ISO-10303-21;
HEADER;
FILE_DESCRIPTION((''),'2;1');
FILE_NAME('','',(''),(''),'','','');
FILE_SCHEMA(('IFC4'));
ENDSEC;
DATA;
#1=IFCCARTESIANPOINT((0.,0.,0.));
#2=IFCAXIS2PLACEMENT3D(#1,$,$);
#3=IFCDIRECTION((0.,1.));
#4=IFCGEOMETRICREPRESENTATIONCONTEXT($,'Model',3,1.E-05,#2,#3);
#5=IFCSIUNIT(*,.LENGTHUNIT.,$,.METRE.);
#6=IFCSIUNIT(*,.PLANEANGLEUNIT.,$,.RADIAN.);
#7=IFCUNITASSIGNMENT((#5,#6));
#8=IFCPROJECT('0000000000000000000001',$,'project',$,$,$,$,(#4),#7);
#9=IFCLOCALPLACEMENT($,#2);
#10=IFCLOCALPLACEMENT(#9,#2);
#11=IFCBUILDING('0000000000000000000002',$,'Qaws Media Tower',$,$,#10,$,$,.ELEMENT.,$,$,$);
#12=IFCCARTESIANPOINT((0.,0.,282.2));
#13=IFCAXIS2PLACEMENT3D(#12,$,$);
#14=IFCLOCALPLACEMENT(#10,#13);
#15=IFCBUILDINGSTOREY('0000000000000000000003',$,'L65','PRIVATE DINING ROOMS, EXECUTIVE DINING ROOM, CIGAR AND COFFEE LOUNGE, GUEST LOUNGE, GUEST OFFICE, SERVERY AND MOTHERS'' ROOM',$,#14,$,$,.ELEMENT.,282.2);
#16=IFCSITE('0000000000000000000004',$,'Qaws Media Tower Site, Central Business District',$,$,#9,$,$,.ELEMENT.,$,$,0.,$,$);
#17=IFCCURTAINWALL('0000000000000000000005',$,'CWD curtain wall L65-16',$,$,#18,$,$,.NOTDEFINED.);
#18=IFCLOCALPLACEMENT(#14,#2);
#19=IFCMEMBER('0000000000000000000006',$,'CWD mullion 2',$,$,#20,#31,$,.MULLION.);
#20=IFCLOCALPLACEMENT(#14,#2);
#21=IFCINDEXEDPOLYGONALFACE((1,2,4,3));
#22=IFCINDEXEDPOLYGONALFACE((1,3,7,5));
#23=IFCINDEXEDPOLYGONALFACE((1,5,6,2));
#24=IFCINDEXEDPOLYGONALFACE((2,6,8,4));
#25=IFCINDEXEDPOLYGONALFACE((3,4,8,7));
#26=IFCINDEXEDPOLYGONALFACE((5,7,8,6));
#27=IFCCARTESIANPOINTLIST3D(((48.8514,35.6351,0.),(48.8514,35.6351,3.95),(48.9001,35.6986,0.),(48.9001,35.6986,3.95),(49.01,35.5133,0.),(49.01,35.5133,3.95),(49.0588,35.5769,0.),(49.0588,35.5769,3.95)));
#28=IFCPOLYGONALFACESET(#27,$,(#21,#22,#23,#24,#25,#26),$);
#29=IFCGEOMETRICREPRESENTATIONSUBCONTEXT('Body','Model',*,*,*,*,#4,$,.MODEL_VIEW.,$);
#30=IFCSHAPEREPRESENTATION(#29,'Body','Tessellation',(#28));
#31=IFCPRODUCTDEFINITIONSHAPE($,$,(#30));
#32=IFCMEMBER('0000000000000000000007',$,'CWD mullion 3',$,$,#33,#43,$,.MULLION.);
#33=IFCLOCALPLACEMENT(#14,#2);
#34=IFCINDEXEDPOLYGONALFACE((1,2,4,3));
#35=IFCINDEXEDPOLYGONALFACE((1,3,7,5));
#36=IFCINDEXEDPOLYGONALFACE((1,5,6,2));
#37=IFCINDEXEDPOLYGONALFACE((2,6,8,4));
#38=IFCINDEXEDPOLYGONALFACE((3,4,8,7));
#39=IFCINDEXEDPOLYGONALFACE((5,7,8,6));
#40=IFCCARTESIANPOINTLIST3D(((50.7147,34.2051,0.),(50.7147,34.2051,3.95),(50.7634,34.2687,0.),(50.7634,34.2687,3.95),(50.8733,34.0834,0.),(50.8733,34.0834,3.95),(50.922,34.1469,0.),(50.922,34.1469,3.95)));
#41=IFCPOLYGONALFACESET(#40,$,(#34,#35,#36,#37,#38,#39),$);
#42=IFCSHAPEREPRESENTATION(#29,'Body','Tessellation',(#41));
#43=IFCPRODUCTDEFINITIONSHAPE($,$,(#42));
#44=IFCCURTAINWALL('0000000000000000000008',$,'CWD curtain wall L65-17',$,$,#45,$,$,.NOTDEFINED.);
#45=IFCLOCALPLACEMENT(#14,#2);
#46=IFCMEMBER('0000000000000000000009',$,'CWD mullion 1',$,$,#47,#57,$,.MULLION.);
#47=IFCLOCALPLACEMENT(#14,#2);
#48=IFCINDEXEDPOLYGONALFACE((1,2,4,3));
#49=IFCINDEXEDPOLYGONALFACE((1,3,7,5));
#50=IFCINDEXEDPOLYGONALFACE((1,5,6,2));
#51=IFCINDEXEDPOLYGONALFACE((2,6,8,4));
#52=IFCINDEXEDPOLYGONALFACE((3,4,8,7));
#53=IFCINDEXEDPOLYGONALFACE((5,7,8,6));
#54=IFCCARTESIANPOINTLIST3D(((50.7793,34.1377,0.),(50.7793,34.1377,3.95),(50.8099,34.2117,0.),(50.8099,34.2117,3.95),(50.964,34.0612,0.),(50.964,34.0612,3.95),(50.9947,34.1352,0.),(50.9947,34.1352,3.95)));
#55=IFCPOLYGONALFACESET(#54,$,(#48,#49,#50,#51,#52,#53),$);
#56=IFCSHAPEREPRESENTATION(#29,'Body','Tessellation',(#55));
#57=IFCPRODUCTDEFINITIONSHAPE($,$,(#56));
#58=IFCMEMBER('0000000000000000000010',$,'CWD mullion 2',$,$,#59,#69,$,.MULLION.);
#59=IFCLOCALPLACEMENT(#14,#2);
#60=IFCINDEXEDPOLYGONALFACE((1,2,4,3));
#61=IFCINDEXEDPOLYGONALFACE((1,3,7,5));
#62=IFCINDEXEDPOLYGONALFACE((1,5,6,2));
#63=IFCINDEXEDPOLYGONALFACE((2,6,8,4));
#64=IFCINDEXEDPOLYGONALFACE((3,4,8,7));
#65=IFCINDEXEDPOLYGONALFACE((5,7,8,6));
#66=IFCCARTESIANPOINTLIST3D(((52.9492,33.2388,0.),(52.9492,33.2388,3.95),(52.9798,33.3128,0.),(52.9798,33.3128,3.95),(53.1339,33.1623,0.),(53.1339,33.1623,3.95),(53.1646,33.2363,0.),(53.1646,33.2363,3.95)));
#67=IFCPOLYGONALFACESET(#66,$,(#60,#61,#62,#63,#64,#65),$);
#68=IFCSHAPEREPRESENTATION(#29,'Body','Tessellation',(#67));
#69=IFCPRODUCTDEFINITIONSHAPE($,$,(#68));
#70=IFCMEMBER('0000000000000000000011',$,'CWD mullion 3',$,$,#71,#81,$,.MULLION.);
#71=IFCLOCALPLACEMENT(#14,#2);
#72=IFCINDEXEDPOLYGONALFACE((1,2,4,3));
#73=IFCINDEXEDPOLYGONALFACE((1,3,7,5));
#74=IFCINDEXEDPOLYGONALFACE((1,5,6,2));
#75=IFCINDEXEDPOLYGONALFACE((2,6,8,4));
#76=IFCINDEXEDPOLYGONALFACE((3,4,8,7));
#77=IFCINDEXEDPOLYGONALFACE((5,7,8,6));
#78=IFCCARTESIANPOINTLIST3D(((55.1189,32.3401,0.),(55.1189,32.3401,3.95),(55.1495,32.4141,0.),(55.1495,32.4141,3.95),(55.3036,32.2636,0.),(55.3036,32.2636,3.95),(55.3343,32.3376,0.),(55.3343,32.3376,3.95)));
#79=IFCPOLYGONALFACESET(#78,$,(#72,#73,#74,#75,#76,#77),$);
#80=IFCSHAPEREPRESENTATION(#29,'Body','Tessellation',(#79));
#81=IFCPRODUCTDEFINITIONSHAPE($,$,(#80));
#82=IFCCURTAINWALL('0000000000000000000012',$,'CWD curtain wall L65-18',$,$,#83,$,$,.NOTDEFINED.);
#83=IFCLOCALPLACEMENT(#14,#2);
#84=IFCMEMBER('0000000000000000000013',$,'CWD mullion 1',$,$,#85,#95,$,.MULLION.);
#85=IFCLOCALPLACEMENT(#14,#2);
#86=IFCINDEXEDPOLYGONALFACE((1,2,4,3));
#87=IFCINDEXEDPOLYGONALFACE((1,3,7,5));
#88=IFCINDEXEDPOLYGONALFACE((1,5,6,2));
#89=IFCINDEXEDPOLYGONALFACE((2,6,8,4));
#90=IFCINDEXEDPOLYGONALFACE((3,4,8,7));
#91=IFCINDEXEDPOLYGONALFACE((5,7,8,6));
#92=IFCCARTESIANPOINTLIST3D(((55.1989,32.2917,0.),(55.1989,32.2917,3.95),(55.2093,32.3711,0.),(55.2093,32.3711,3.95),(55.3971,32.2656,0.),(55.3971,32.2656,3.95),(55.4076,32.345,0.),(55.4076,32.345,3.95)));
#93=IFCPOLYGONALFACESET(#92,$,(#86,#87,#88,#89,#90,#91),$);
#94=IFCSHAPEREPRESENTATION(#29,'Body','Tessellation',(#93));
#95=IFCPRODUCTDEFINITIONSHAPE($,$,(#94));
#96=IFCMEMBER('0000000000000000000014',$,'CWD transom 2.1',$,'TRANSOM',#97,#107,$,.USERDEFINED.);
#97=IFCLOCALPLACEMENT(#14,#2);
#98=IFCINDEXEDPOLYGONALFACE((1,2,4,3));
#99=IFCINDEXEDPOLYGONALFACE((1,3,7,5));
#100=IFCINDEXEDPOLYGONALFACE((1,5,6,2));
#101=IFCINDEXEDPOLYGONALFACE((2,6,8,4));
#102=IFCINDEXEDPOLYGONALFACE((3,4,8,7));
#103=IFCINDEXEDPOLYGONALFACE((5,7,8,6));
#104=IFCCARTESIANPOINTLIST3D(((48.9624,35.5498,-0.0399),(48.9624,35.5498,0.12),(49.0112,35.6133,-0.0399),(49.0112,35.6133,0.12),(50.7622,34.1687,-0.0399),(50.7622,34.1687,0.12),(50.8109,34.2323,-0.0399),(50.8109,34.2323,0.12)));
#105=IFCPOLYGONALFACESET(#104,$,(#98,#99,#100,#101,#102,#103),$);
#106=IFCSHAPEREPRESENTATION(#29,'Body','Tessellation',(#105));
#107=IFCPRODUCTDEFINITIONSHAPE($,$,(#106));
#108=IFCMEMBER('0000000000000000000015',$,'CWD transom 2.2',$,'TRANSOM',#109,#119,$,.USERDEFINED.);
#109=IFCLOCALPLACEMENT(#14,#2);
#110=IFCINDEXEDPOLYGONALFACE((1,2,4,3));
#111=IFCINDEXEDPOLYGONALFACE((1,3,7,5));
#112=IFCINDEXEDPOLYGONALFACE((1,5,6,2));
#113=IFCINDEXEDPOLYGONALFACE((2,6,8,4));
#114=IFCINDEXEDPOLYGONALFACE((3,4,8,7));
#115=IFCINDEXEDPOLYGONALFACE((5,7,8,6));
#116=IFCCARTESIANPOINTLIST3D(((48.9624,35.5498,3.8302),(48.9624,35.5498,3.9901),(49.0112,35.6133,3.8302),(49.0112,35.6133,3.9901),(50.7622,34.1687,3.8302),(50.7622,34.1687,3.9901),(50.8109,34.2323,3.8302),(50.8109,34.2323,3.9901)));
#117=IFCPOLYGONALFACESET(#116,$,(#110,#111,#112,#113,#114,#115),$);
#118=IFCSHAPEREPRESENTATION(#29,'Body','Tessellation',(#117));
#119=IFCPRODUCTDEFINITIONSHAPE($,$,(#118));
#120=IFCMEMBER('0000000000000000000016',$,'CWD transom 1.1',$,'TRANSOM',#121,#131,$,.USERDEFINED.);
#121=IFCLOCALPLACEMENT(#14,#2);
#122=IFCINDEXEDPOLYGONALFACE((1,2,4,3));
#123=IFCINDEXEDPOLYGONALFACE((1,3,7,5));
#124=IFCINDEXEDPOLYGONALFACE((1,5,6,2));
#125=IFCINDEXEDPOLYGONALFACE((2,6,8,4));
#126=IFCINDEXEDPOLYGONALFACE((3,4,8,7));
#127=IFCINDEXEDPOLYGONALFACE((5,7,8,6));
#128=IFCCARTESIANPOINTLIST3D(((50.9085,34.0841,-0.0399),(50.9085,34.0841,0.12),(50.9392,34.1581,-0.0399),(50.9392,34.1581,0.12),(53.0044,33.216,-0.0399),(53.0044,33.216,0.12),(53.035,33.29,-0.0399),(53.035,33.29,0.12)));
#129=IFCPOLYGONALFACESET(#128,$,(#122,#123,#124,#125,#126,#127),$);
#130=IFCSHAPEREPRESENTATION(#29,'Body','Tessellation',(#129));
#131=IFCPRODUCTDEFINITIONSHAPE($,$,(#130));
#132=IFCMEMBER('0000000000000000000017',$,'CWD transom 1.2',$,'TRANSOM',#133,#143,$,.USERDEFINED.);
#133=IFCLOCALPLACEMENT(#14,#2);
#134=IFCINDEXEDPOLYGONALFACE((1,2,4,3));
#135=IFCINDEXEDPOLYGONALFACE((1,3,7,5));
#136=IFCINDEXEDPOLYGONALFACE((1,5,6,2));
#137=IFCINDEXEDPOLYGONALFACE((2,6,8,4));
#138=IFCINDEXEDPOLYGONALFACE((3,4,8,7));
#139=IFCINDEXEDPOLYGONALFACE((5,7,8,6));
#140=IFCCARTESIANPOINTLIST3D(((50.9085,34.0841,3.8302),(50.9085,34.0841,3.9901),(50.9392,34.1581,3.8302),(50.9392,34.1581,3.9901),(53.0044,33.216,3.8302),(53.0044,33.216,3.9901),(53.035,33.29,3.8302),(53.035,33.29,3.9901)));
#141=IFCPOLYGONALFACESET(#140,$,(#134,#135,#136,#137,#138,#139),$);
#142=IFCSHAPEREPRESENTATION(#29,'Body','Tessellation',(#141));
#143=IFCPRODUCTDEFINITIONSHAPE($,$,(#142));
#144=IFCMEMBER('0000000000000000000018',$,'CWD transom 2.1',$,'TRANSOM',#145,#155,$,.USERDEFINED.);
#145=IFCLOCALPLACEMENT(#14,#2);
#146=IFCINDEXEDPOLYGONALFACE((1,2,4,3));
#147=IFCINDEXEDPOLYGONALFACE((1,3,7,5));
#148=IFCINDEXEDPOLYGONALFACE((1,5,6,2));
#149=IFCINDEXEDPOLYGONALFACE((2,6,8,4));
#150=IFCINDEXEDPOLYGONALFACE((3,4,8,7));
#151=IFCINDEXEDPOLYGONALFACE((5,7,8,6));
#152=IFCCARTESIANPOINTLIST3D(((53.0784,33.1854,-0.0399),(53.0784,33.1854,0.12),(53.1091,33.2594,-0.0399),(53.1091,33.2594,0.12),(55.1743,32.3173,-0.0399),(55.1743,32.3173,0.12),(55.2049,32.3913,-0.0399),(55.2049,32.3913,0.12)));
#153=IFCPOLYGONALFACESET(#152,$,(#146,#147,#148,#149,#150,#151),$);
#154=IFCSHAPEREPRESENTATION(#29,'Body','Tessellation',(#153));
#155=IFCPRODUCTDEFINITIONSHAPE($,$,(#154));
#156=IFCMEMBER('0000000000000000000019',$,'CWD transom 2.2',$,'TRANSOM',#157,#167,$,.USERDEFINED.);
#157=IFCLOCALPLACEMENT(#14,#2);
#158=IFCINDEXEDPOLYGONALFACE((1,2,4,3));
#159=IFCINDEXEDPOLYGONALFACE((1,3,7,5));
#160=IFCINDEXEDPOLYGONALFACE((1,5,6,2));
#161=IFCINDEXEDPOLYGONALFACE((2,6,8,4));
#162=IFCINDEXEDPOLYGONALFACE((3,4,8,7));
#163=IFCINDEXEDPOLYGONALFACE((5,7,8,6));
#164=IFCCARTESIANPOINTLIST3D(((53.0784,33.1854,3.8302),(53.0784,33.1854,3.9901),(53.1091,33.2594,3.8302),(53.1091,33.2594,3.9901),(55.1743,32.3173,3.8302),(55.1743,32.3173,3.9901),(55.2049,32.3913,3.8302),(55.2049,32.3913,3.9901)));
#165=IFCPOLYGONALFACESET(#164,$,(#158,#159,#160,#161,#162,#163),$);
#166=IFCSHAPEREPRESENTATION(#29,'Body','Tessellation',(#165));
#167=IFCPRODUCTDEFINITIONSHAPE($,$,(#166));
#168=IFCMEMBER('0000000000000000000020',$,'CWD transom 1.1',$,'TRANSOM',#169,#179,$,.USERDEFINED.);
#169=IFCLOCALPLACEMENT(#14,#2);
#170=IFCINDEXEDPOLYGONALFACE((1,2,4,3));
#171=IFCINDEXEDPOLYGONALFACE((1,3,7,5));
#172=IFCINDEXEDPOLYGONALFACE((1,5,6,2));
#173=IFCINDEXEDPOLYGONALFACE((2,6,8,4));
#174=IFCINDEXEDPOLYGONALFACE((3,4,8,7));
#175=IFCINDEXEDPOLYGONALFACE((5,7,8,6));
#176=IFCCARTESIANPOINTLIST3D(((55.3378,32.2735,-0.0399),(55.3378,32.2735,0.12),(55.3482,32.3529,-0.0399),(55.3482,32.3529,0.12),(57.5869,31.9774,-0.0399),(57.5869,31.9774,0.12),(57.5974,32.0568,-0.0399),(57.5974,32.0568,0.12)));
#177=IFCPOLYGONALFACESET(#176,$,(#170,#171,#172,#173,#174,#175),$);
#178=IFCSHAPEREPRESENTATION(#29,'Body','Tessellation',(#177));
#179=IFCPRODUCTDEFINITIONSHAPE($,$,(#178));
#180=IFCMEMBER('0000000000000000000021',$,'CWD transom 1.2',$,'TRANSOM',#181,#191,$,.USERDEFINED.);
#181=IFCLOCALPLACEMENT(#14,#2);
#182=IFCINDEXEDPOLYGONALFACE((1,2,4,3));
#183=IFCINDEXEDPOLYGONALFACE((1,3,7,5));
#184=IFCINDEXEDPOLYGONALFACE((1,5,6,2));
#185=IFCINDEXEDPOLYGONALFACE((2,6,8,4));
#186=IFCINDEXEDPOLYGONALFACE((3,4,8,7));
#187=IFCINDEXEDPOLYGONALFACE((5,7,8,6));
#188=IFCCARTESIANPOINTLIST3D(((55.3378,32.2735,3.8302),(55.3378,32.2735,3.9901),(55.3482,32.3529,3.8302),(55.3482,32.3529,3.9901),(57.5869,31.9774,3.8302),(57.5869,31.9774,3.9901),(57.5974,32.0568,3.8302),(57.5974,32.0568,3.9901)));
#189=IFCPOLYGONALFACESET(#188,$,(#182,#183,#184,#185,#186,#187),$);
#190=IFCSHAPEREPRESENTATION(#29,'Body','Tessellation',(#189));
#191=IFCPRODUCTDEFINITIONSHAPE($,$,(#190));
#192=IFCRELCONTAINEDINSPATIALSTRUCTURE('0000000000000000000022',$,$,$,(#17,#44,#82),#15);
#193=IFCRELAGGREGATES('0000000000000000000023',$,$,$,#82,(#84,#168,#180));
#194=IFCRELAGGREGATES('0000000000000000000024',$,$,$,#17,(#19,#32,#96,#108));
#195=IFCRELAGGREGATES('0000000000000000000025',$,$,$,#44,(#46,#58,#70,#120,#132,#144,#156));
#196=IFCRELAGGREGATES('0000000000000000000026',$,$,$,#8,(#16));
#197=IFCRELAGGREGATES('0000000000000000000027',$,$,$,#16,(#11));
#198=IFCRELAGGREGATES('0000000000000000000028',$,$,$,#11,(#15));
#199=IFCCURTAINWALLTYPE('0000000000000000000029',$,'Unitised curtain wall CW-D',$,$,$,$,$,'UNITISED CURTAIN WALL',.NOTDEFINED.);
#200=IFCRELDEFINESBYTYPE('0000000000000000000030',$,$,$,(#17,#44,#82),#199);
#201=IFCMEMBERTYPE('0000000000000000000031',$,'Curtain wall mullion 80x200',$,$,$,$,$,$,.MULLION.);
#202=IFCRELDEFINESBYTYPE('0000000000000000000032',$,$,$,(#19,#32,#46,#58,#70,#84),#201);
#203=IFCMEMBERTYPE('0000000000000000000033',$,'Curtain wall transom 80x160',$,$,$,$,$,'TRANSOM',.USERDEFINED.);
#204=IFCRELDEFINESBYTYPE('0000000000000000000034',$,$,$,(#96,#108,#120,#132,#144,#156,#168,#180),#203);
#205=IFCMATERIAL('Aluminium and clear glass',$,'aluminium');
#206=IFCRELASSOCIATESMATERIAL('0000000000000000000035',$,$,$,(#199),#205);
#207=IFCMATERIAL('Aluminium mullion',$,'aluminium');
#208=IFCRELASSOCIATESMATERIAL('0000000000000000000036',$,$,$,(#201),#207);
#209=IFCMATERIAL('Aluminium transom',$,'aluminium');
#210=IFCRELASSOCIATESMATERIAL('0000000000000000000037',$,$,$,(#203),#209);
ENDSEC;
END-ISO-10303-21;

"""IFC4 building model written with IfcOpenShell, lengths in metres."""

from ifc_helpers import new_model, si_unit, direction, frame, origin, origin_2d, place, context, subcontext, project, spatial, rectangle, extrude, material, material_profile, profile_set, type_object, element, aggregate, save


model = new_model("IFC4")

# Units and contexts
model_context = context("Model", 3, precision=1e-05, world=origin(), true_north=direction((0.0, 1.0)))
body_context = subcontext(model_context, "Body", "Model", "MODEL_VIEW")
ifc_project = project(units=[si_unit("LENGTHUNIT", "METRE"), si_unit("PLANEANGLEUNIT", "RADIAN")], contexts=[model_context])

# Site, building, storey
site_placement = place(None, origin())
site = spatial("IfcSite", under=ifc_project, at=site_placement, Name="Qaws Media Tower Site, Central Business District", CompositionType="ELEMENT", RefElevation=0.0)
building_placement = place(site_placement, origin())
building = spatial("IfcBuilding", under=site, at=building_placement, Name="Qaws Media Tower", CompositionType="ELEMENT")
storey_placement = place(building_placement, frame((0.0, 0.0, 282.2)))
storey = spatial("IfcBuildingStorey", under=building, at=storey_placement, Name="L65", Description="PRIVATE DINING ROOMS, EXECUTIVE DINING ROOM, CIGAR AND COFFEE LOUNGE, GUEST LOUNGE, GUEST OFFICE, SERVERY AND MOTHERS' ROOM", CompositionType="ELEMENT", Elevation=282.2)

# Curtain walls, members
ifc_material_1 = material(Name="Aluminium and clear glass", Category="aluminium")
curtain_wall_type = type_object("IfcCurtainWallType", Name="Unitised curtain wall CW-D", ElementType="UNITISED CURTAIN WALL", PredefinedType="NOTDEFINED", material=ifc_material_1)
curtain_wall_1_placement = place(storey_placement, origin())
curtain_wall_1 = element("IfcCurtainWall", 1, at=curtain_wall_1_placement, inside=storey, type_object=curtain_wall_type, Name="CWD curtain wall L65-16", PredefinedType="NOTDEFINED")
ifc_material_2 = material(Name="Aluminium mullion", Category="aluminium")
ifc_material_profile_1 = material_profile(ifc_material_2, rectangle(XDim=0.0801, YDim=0.2, at=origin_2d()), Name="80x200")
ifc_profile_set_1 = profile_set([ifc_material_profile_1], Name="Aluminium mullion")
member_type_1 = type_object("IfcMemberType", Name="Curtain wall mullion 80x200", PredefinedType="MULLION", material=ifc_profile_set_1)
member_1_placement = place(storey_placement, frame((48.9551, 35.606, 0.0), z_axis=(0.0, 0.0, 1.0), x_axis=(0.608761, 0.793353, 0.0)))
member_1 = element("IfcMember", 2, at=member_1_placement, type_object=member_type_1, Name="CWD mullion 2", PredefinedType="MULLION", context=body_context, shape_type="SweptSolid", body=[
    extrude(rectangle(XDim=0.0801, YDim=0.2, at=origin_2d()), origin(), (0.0, 0.0, 1.0), 3.95),
])
member_2_placement = place(storey_placement, frame((50.8184, 34.176, 0.0), z_axis=(0.0, 0.0, 1.0), x_axis=(0.608761, 0.793353, 0.0)))
member_2 = element("IfcMember", 3, at=member_2_placement, type_object=member_type_1, Name="CWD mullion 3", PredefinedType="MULLION", context=body_context, shape_type="SweptSolid", body=[
    extrude(rectangle(XDim=0.0801, YDim=0.2, at=origin_2d()), origin(), (0.0, 0.0, 1.0), 3.95),
])
curtain_wall_2_placement = place(storey_placement, origin())
curtain_wall_2 = element("IfcCurtainWall", 4, at=curtain_wall_2_placement, inside=storey, type_object=curtain_wall_type, Name="CWD curtain wall L65-17", PredefinedType="NOTDEFINED")
member_3_placement = place(storey_placement, frame((50.887, 34.1365, 0.0), z_axis=(0.0, 0.0, 1.0), x_axis=(0.382684, 0.923879, 0.0)))
member_3 = element("IfcMember", 5, at=member_3_placement, type_object=member_type_1, Name="CWD mullion 1", PredefinedType="MULLION", context=body_context, shape_type="SweptSolid", body=[
    extrude(rectangle(XDim=0.0801, YDim=0.2, at=origin_2d()), origin(), (0.0, 0.0, 1.0), 3.95),
])
member_4_placement = place(storey_placement, frame((53.0569, 33.2375, 0.0), z_axis=(0.0, 0.0, 1.0), x_axis=(0.382684, 0.923879, 0.0)))
member_4 = element("IfcMember", 6, at=member_4_placement, type_object=member_type_1, Name="CWD mullion 2", PredefinedType="MULLION", context=body_context, shape_type="SweptSolid", body=[
    extrude(rectangle(XDim=0.0801, YDim=0.2, at=origin_2d()), origin(), (0.0, 0.0, 1.0), 3.95),
])
member_5_placement = place(storey_placement, frame((55.2266, 32.3389, 0.0), z_axis=(0.0, 0.0, 1.0), x_axis=(0.382684, 0.923879, 0.0)))
member_5 = element("IfcMember", 7, at=member_5_placement, type_object=member_type_1, Name="CWD mullion 3", PredefinedType="MULLION", context=body_context, shape_type="SweptSolid", body=[
    extrude(rectangle(XDim=0.0801, YDim=0.2, at=origin_2d()), origin(), (0.0, 0.0, 1.0), 3.95),
])

# Curtain wall, member
curtain_wall_3_placement = place(storey_placement, origin())
curtain_wall_3 = element("IfcCurtainWall", 8, at=curtain_wall_3_placement, inside=storey, type_object=curtain_wall_type, Name="CWD curtain wall L65-18", PredefinedType="NOTDEFINED")
member_6_placement = place(storey_placement, frame((55.3032, 32.3184, 0.0), z_axis=(0.0, 0.0, 1.0), x_axis=(0.130526, 0.991445, 0.0)))
member_6 = element("IfcMember", 9, at=member_6_placement, type_object=member_type_1, Name="CWD mullion 1", PredefinedType="MULLION", context=body_context, shape_type="SweptSolid", body=[
    extrude(rectangle(XDim=0.0801, YDim=0.2, at=origin_2d()), origin(), (0.0, 0.0, 1.0), 3.95),
])

# Members
ifc_material_3 = material(Name="Aluminium transom", Category="aluminium")
ifc_material_profile_2 = material_profile(ifc_material_3, rectangle(XDim=0.0801, YDim=0.1599, at=origin_2d()), Name="80x160")
ifc_profile_set_2 = profile_set([ifc_material_profile_2], Name="Aluminium transom")
member_type_2 = type_object("IfcMemberType", Name="Curtain wall transom 80x160", ElementType="TRANSOM", PredefinedType="USERDEFINED", material=ifc_profile_set_2)
member_7_placement = place(storey_placement, frame((48.9868, 35.5815, 0.04), z_axis=(0.79334, -0.608779, 0.0), x_axis=(0.608779, 0.79334, 0.0)))
member_7 = element("IfcMember", 10, at=member_7_placement, type_object=member_type_2, Name="CWD transom 2.1", ObjectType="TRANSOM", PredefinedType="USERDEFINED", context=body_context, shape_type="SweptSolid", body=[
    extrude(rectangle(XDim=0.0801, YDim=0.1599, at=origin_2d()), origin(), (0.0, 0.0, 1.0), 2.2686),
])
member_8_placement = place(storey_placement, frame((48.9868, 35.5815, 3.9102), z_axis=(0.79334, -0.608779, 0.0), x_axis=(0.608779, 0.79334, 0.0)))
member_8 = element("IfcMember", 11, at=member_8_placement, type_object=member_type_2, Name="CWD transom 2.2", ObjectType="TRANSOM", PredefinedType="USERDEFINED", context=body_context, shape_type="SweptSolid", body=[
    extrude(rectangle(XDim=0.0801, YDim=0.1599, at=origin_2d()), origin(), (0.0, 0.0, 1.0), 2.2686),
])
member_9_placement = place(storey_placement, frame((50.9238, 34.1211, 0.04), z_axis=(0.92388, -0.382681, 0.0), x_axis=(0.382681, 0.92388, 0.0)))
member_9 = element("IfcMember", 12, at=member_9_placement, type_object=member_type_2, Name="CWD transom 1.1", ObjectType="TRANSOM", PredefinedType="USERDEFINED", context=body_context, shape_type="SweptSolid", body=[
    extrude(rectangle(XDim=0.0801, YDim=0.1599, at=origin_2d()), origin(), (0.0, 0.0, 1.0), 2.2686),
])
member_10_placement = place(storey_placement, frame((50.9238, 34.1211, 3.9102), z_axis=(0.92388, -0.382681, 0.0), x_axis=(0.382681, 0.92388, 0.0)))
member_10 = element("IfcMember", 13, at=member_10_placement, type_object=member_type_2, Name="CWD transom 1.2", ObjectType="TRANSOM", PredefinedType="USERDEFINED", context=body_context, shape_type="SweptSolid", body=[
    extrude(rectangle(XDim=0.0801, YDim=0.1599, at=origin_2d()), origin(), (0.0, 0.0, 1.0), 2.2686),
])
member_11_placement = place(storey_placement, frame((53.0938, 33.2224, 0.04), z_axis=(0.92388, -0.382681, 0.0), x_axis=(0.382681, 0.92388, 0.0)))
member_11 = element("IfcMember", 14, at=member_11_placement, type_object=member_type_2, Name="CWD transom 2.1", ObjectType="TRANSOM", PredefinedType="USERDEFINED", context=body_context, shape_type="SweptSolid", body=[
    extrude(rectangle(XDim=0.0801, YDim=0.1599, at=origin_2d()), origin(), (0.0, 0.0, 1.0), 2.2686),
])
member_12_placement = place(storey_placement, frame((53.0938, 33.2224, 3.9102), z_axis=(0.92388, -0.382681, 0.0), x_axis=(0.382681, 0.92388, 0.0)))
member_12 = element("IfcMember", 15, at=member_12_placement, type_object=member_type_2, Name="CWD transom 2.2", ObjectType="TRANSOM", PredefinedType="USERDEFINED", context=body_context, shape_type="SweptSolid", body=[
    extrude(rectangle(XDim=0.0801, YDim=0.1599, at=origin_2d()), origin(), (0.0, 0.0, 1.0), 2.2686),
])
member_13_placement = place(storey_placement, frame((55.343, 32.3132, 0.04), z_axis=(0.991442, -0.130549, 0.0), x_axis=(0.130549, 0.991442, 0.0)))
member_13 = element("IfcMember", 16, at=member_13_placement, type_object=member_type_2, Name="CWD transom 1.1", ObjectType="TRANSOM", PredefinedType="USERDEFINED", context=body_context, shape_type="SweptSolid", body=[
    extrude(rectangle(XDim=0.0801, YDim=0.1599, at=origin_2d()), origin(), (0.0, 0.0, 1.0), 2.2686),
])
member_14_placement = place(storey_placement, frame((55.343, 32.3132, 3.9102), z_axis=(0.991442, -0.130549, 0.0), x_axis=(0.130549, 0.991442, 0.0)))
member_14 = element("IfcMember", 17, at=member_14_placement, type_object=member_type_2, Name="CWD transom 1.2", ObjectType="TRANSOM", PredefinedType="USERDEFINED", context=body_context, shape_type="SweptSolid", body=[
    extrude(rectangle(XDim=0.0801, YDim=0.1599, at=origin_2d()), origin(), (0.0, 0.0, 1.0), 2.2686),
])
aggregate(curtain_wall_3, [member_6, member_13, member_14])

aggregate(curtain_wall_1, [member_1, member_2, member_7, member_8])
aggregate(curtain_wall_2, [member_3, member_4, member_5, member_9, member_10, member_11, member_12])

save(model, "model.ifc")
